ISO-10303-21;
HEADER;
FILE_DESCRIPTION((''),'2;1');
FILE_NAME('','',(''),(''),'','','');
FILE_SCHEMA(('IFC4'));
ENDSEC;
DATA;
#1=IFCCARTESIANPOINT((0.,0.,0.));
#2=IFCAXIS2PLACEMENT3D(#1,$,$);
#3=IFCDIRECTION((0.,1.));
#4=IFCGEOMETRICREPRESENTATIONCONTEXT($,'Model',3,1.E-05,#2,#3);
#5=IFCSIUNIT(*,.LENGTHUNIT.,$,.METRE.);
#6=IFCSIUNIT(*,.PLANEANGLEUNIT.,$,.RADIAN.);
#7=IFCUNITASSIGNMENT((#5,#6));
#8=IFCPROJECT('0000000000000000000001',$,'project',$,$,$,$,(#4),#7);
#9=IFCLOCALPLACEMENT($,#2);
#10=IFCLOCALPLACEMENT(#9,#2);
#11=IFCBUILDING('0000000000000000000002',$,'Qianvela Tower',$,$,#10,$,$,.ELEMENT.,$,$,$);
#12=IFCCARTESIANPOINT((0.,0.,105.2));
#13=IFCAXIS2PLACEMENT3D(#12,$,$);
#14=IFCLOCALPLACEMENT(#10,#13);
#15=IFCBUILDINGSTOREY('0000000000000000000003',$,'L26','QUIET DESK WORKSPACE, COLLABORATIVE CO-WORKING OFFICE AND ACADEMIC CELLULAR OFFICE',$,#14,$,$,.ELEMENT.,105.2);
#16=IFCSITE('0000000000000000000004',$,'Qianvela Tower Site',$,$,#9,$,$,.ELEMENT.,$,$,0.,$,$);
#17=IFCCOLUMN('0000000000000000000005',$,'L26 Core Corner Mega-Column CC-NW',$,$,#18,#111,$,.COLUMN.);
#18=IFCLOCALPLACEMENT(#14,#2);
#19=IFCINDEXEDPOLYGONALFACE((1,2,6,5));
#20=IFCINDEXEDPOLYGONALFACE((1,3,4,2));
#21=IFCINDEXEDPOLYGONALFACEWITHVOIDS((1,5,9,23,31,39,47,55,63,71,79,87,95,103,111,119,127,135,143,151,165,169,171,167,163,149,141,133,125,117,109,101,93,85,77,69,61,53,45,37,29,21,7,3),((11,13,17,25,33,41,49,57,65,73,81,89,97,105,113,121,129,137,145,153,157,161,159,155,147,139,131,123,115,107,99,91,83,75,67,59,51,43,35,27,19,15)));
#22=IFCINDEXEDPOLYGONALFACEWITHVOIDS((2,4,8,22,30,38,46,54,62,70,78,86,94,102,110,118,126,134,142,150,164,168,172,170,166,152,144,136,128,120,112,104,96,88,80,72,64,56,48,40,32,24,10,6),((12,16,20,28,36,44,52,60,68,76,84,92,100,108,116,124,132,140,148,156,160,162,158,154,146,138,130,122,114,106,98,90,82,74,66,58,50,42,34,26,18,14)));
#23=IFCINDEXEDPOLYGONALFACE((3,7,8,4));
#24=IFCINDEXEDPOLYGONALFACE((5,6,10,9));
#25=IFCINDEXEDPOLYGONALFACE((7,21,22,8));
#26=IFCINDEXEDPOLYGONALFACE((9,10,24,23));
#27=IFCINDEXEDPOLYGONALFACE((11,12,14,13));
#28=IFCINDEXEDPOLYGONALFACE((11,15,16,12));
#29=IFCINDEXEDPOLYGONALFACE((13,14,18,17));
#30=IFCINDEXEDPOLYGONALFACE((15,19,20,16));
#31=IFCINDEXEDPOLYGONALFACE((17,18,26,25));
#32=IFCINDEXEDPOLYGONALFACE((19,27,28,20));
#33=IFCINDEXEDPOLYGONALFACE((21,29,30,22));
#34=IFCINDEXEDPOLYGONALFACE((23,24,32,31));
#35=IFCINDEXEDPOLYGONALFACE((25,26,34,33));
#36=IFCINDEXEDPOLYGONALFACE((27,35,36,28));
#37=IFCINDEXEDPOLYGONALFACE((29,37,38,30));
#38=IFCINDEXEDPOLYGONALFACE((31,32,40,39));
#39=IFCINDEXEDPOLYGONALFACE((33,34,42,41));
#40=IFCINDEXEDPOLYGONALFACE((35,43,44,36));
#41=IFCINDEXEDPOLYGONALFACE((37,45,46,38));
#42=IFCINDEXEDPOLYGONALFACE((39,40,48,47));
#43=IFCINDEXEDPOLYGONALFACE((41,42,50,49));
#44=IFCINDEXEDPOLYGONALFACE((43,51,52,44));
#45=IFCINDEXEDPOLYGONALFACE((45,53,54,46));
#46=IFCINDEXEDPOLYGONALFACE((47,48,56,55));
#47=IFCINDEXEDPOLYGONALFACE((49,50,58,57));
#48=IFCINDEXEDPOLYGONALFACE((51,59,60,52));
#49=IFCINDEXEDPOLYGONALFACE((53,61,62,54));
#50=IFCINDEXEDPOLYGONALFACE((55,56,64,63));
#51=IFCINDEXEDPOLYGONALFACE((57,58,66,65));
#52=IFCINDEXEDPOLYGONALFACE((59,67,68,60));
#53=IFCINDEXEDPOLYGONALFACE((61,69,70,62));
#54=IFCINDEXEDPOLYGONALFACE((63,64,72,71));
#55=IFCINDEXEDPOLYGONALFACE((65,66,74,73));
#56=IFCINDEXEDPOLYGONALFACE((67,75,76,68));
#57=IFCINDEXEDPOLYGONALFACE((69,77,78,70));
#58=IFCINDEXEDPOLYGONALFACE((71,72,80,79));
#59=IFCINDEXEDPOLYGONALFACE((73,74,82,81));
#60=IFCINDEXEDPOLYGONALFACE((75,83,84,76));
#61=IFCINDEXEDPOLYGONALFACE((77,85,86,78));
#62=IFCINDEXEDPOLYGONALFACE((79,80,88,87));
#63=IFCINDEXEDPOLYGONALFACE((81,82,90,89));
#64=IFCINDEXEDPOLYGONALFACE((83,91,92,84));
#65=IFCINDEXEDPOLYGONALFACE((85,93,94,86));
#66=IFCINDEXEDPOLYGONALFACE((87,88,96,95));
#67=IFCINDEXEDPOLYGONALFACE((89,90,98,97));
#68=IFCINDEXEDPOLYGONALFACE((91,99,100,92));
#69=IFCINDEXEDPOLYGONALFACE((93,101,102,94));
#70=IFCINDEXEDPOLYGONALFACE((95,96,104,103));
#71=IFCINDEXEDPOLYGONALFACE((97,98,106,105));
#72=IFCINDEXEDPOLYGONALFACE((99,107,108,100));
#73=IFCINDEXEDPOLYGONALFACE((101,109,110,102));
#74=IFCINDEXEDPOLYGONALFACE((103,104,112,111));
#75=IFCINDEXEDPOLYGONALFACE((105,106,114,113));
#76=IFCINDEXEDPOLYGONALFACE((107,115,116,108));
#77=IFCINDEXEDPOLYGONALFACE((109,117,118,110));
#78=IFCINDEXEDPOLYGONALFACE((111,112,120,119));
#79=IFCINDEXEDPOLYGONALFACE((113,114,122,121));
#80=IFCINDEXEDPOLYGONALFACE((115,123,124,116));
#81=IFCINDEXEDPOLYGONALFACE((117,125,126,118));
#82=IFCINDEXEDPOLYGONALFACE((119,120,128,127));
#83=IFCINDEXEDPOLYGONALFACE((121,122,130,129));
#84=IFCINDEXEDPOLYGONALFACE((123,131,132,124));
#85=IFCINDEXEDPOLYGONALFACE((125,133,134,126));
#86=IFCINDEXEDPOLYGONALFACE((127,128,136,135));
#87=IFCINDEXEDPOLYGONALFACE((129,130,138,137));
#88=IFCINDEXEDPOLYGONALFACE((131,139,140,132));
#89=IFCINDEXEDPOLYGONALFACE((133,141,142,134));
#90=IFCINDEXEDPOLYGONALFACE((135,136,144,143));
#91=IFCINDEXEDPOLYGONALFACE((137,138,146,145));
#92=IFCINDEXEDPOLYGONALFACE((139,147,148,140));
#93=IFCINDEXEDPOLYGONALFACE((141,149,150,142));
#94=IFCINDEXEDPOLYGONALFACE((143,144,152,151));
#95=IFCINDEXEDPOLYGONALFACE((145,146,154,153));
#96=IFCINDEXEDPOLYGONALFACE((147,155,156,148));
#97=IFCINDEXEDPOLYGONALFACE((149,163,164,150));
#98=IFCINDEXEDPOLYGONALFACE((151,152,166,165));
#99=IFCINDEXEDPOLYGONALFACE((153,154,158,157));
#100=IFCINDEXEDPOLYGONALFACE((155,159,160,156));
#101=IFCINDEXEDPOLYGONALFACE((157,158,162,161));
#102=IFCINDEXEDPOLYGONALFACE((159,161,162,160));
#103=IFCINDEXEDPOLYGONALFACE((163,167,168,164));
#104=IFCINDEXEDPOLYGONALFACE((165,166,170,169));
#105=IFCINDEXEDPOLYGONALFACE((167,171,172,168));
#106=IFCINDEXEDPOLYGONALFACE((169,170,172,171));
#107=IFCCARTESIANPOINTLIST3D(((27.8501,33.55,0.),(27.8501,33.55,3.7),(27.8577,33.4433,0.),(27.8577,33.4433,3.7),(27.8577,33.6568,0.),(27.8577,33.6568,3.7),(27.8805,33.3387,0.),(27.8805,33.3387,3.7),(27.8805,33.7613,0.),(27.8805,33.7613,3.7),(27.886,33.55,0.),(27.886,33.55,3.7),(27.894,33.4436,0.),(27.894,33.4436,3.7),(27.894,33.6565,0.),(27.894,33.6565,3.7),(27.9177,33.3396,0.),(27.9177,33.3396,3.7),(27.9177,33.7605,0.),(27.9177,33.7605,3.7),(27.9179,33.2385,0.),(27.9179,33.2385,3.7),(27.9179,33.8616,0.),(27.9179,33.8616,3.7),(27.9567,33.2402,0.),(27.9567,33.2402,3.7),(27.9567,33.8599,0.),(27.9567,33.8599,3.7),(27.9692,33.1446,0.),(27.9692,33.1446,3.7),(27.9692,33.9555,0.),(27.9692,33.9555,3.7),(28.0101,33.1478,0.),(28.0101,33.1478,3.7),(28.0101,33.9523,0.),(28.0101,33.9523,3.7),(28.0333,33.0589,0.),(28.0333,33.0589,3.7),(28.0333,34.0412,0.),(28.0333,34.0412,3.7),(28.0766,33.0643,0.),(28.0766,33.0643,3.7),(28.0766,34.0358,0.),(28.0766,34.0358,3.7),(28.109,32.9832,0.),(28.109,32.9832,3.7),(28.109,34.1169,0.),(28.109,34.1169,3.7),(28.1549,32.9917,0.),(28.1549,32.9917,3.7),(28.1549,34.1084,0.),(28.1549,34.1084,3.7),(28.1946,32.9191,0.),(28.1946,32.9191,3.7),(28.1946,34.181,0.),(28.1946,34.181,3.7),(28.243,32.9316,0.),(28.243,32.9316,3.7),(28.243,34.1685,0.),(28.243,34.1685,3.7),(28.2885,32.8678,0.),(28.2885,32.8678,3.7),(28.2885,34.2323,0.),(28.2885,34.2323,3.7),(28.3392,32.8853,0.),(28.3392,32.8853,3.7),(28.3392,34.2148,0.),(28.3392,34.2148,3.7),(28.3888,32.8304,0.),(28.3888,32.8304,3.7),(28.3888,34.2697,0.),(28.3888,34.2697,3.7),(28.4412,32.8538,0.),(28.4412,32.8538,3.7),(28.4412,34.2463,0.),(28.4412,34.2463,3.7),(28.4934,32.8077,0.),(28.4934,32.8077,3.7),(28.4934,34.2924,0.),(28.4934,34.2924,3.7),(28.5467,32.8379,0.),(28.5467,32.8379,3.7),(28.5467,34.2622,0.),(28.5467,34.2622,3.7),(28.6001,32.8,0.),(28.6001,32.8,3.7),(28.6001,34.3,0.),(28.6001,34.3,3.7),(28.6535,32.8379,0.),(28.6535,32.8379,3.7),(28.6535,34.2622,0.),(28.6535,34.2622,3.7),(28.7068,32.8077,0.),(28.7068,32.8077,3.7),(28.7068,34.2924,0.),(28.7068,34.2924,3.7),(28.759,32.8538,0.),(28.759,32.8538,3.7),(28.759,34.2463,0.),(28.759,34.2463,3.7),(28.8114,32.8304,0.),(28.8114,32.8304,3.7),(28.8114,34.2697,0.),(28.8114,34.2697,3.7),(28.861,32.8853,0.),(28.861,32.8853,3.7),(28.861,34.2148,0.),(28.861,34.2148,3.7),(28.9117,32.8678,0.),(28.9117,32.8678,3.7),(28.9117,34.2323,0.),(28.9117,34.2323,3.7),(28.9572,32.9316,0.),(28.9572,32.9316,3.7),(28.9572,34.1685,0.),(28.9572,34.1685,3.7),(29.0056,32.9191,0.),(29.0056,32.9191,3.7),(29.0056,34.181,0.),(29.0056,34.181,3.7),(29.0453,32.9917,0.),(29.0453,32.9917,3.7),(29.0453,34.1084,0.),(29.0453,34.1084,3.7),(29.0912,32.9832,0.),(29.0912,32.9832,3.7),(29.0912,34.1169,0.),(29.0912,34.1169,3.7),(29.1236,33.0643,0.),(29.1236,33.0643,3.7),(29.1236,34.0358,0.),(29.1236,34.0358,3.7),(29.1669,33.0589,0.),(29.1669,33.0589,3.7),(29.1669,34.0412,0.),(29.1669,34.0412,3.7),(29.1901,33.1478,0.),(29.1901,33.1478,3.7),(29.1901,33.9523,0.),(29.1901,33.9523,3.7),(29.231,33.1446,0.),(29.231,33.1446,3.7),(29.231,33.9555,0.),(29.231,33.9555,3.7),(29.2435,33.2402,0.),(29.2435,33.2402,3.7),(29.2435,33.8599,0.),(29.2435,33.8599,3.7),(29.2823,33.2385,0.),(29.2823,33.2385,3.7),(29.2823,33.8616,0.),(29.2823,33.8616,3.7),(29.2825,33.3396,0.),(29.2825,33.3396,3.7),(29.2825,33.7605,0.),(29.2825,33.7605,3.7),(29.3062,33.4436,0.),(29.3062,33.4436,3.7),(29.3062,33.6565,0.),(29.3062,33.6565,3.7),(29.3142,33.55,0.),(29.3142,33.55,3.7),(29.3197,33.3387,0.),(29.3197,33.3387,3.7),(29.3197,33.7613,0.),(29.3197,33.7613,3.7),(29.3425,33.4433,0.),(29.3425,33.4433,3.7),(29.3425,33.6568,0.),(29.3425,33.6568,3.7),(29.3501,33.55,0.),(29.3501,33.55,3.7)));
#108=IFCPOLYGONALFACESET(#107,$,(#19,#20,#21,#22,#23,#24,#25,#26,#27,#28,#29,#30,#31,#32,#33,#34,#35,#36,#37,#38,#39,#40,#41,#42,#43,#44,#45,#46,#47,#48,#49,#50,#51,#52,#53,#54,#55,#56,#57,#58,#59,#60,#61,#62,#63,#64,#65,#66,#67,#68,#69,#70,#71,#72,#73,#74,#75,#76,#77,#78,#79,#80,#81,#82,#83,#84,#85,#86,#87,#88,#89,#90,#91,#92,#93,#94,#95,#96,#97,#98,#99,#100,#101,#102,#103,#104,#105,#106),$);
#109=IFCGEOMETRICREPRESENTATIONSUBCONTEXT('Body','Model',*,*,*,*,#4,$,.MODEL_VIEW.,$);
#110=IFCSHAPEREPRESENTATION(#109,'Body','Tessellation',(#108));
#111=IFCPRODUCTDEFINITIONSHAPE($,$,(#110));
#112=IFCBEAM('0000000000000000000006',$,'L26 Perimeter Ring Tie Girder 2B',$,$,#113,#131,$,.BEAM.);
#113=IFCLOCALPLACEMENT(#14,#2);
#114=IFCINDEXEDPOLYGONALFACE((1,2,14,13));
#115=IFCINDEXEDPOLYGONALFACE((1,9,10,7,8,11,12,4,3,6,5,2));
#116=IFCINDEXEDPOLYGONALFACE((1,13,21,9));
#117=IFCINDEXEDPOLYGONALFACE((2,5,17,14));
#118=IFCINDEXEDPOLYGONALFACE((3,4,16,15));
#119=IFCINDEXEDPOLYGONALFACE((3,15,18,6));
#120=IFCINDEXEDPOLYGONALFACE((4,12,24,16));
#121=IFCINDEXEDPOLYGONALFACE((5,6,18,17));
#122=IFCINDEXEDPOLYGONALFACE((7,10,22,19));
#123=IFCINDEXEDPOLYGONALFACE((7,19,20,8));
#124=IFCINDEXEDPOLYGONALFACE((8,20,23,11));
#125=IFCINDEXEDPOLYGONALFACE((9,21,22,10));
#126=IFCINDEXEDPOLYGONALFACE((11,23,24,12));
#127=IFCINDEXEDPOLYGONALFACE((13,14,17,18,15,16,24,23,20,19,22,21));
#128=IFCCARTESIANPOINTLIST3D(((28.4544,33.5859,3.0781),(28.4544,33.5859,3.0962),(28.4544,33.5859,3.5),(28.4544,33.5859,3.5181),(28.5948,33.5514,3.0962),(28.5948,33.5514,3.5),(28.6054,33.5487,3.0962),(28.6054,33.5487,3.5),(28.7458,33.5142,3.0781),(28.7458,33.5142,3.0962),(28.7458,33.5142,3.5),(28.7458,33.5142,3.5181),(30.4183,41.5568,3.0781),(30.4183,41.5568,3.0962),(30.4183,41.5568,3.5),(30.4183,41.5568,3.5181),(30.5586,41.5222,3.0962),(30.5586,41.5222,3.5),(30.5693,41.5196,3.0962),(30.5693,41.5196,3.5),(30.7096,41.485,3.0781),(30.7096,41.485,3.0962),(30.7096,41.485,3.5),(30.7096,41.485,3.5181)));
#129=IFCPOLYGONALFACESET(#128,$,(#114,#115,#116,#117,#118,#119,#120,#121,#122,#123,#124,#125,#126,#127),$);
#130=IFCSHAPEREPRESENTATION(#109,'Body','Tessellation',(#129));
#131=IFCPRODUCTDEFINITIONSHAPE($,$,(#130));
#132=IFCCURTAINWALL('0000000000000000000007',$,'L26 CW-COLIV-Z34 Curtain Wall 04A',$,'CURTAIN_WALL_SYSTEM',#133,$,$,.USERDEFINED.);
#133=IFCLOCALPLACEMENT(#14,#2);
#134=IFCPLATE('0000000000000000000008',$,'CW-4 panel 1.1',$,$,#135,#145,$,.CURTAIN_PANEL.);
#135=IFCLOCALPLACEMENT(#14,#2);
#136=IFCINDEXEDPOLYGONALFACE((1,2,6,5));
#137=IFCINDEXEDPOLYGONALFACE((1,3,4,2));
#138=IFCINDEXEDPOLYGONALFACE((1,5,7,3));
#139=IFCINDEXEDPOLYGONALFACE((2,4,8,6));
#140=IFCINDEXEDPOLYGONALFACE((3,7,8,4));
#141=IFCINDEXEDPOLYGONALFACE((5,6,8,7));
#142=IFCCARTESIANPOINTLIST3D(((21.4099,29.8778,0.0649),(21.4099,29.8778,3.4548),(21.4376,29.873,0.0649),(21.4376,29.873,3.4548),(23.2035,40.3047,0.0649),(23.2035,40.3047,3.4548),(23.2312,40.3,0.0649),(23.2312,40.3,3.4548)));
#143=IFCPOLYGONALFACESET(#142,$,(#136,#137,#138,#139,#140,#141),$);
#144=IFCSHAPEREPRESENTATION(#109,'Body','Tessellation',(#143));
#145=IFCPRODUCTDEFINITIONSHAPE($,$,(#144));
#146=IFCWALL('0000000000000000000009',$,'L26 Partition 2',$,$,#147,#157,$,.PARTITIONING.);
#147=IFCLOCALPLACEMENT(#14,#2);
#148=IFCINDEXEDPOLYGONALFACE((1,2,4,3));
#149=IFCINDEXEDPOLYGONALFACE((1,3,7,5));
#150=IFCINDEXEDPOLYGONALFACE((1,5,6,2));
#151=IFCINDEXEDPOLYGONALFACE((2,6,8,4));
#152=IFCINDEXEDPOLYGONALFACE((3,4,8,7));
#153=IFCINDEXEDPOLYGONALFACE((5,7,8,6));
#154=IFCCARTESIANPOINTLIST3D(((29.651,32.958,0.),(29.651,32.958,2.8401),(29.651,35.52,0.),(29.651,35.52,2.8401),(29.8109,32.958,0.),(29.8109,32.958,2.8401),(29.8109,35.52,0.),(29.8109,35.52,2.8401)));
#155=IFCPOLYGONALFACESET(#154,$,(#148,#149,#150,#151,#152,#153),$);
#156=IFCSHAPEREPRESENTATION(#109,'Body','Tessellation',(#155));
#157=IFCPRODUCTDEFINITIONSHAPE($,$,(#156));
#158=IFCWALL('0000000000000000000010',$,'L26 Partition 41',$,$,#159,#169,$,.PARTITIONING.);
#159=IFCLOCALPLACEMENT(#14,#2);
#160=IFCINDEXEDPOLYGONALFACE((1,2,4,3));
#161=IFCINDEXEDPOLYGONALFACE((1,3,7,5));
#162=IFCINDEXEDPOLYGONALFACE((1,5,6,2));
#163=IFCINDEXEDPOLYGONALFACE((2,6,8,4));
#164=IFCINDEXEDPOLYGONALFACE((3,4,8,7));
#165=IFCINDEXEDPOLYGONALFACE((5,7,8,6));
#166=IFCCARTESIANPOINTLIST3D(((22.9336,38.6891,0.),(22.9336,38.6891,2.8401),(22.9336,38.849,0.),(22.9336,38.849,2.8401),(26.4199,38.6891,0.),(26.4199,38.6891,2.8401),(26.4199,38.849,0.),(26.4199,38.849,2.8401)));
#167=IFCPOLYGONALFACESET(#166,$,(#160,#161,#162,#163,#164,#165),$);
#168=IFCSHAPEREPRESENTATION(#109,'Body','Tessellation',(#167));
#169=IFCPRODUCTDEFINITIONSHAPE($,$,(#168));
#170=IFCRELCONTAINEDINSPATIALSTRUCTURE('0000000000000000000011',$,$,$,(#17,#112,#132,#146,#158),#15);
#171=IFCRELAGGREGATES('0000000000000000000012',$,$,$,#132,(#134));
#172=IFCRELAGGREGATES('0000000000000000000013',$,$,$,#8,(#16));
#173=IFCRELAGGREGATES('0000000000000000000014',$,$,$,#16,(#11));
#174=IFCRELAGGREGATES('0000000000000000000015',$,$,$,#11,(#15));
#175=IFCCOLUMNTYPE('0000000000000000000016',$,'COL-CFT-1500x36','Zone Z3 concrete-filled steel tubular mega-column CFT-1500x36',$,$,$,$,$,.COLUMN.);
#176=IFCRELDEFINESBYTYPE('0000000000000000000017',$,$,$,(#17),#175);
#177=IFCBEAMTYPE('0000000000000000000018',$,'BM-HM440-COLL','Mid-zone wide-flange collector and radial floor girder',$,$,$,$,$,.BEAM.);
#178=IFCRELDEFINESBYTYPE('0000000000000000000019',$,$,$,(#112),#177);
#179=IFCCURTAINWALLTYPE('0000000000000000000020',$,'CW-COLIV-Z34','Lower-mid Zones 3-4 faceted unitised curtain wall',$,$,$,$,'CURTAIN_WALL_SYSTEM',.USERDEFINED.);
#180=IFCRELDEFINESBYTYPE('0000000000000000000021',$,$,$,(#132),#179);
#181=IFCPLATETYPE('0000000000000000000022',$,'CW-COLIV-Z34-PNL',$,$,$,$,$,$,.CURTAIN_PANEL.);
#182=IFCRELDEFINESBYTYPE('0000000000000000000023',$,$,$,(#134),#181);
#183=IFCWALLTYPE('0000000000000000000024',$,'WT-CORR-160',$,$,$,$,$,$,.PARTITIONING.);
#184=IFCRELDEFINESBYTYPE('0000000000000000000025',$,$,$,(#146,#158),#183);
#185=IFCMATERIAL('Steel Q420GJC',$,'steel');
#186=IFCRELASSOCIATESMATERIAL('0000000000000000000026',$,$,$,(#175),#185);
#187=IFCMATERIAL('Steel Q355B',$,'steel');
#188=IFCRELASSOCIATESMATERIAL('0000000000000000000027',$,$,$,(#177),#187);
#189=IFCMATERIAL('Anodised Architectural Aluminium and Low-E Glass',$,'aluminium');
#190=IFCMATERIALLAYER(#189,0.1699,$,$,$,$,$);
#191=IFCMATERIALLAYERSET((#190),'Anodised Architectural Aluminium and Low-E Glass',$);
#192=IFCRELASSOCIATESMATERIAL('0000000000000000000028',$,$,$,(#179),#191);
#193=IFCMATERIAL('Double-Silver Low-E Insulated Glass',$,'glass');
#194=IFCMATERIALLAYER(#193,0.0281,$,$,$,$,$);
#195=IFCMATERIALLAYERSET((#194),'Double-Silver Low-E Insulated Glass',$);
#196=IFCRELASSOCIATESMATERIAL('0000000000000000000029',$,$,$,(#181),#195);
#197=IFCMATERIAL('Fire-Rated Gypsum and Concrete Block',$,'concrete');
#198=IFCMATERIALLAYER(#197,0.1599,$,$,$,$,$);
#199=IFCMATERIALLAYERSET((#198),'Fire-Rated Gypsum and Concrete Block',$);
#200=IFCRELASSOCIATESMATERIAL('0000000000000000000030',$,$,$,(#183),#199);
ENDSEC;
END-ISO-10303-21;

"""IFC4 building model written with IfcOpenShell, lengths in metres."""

from ifc_helpers import new_model, si_unit, direction, frame, frame_2d, origin, origin_2d, place, context, subcontext, project, spatial, rectangle, hollow_circle, i_section, extrude, material, layer, layer_set, material_profile, profile_set, type_object, element, aggregate, save


model = new_model("IFC4")

# Units and contexts
model_context = context("Model", 3, precision=1e-05, world=origin(), true_north=direction((0.0, 1.0)))
body_context = subcontext(model_context, "Body", "Model", "MODEL_VIEW")
ifc_project = project(units=[si_unit("LENGTHUNIT", "METRE"), si_unit("PLANEANGLEUNIT", "RADIAN")], contexts=[model_context])

# Site, building, storey
site_placement = place(None, origin())
site = spatial("IfcSite", under=ifc_project, at=site_placement, Name="Qianvela Tower Site", CompositionType="ELEMENT", RefElevation=0.0)
building_placement = place(site_placement, origin())
building = spatial("IfcBuilding", under=site, at=building_placement, Name="Qianvela Tower", CompositionType="ELEMENT")
storey_placement = place(building_placement, frame((0.0, 0.0, 105.2)))
storey = spatial("IfcBuildingStorey", under=building, at=storey_placement, Name="L26", Description="QUIET DESK WORKSPACE, COLLABORATIVE CO-WORKING OFFICE AND ACADEMIC CELLULAR OFFICE", CompositionType="ELEMENT", Elevation=105.2)

# Column
ifc_material_1 = material(Name="Steel Q420GJC", Category="steel")
ifc_material_profile_1 = material_profile(ifc_material_1, hollow_circle(Radius=0.75, WallThickness=0.0359, at=origin_2d()), Name="CFT-1500x36")
ifc_profile_set_1 = profile_set([ifc_material_profile_1], Name="Steel Q420GJC")
column_type = type_object("IfcColumnType", Name="COL-CFT-1500x36", Description="Zone Z3 concrete-filled steel tubular mega-column CFT-1500x36", PredefinedType="COLUMN", material=ifc_profile_set_1)
column_placement = place(storey_placement, frame((28.6001, 33.55, 0.0), z_axis=(0.0, 0.0, 1.0), x_axis=(1.0, 0.0, 0.0)))
element("IfcColumn", 1, at=column_placement, inside=storey, type_object=column_type, Name="L26 Core Corner Mega-Column CC-NW", PredefinedType="COLUMN", context=body_context, shape_type="SweptSolid", body=[
    extrude(hollow_circle(Radius=0.75, WallThickness=0.0359, at=origin_2d()), origin(), (0.0, 0.0, 1.0), 3.7),
])

# Beam
ifc_material_2 = material(Name="Steel Q355B", Category="steel")
ifc_material_profile_2 = material_profile(ifc_material_2, i_section(OverallWidth=0.3, OverallDepth=0.4399, WebThickness=0.011, FlangeThickness=0.0181, at=origin_2d()), Name="HM440x300x11x18")
ifc_profile_set_2 = profile_set([ifc_material_profile_2], Name="Steel Q355B")
beam_type = type_object("IfcBeamType", Name="BM-HM440-COLL", Description="Mid-zone wide-flange collector and radial floor girder", PredefinedType="BEAM", material=ifc_profile_set_2)
beam_placement = place(storey_placement, frame((28.6001, 33.55, 3.2981), z_axis=(0.239224, 0.970964, 0.0), x_axis=(-0.970964, 0.239224, 0.0)))
element("IfcBeam", 2, at=beam_placement, inside=storey, type_object=beam_type, Name="L26 Perimeter Ring Tie Girder 2B", PredefinedType="BEAM", context=body_context, shape_type="SweptSolid", body=[
    extrude(i_section(OverallWidth=0.3, OverallDepth=0.4399, WebThickness=0.011, FlangeThickness=0.0181, at=origin_2d()), origin(), (0.0, 0.0, 1.0), 8.2092),
])

# Curtain wall, plate
ifc_material_3 = material(Name="Anodised Architectural Aluminium and Low-E Glass", Category="aluminium")
ifc_layer_1 = layer(ifc_material_3, 0.1699)
ifc_layer_set_1 = layer_set([ifc_layer_1], Name="Anodised Architectural Aluminium and Low-E Glass")
curtain_wall_type = type_object("IfcCurtainWallType", Name="CW-COLIV-Z34", Description="Lower-mid Zones 3-4 faceted unitised curtain wall", ElementType="CURTAIN_WALL_SYSTEM", PredefinedType="USERDEFINED", material=ifc_layer_set_1)
curtain_wall_placement = place(storey_placement, origin())
curtain_wall = element("IfcCurtainWall", 3, at=curtain_wall_placement, inside=storey, type_object=curtain_wall_type, Name="L26 CW-COLIV-Z34 Curtain Wall 04A", ObjectType="CURTAIN_WALL_SYSTEM", PredefinedType="USERDEFINED")
ifc_material_4 = material(Name="Double-Silver Low-E Insulated Glass", Category="glass")
ifc_layer_2 = layer(ifc_material_4, 0.0281)
ifc_layer_set_2 = layer_set([ifc_layer_2], Name="Double-Silver Low-E Insulated Glass")
plate_type = type_object("IfcPlateType", Name="CW-COLIV-Z34-PNL", PredefinedType="CURTAIN_PANEL", material=ifc_layer_set_2)
plate_placement = place(storey_placement, frame((22.3206, 35.0889, 0.0649), z_axis=(0.0, 0.0, 1.0), x_axis=(-0.169524, -0.985526, 0.0)))
plate = element("IfcPlate", 4, at=plate_placement, type_object=plate_type, Name="CW-4 panel 1.1", PredefinedType="CURTAIN_PANEL", context=body_context, shape_type="SweptSolid", body=[
    extrude(rectangle(XDim=10.5801, YDim=0.0281, at=origin_2d()), origin(), (0.0, 0.0, 1.0), 3.3899),
])
aggregate(curtain_wall, [plate])

# Wall
ifc_material_5 = material(Name="Fire-Rated Gypsum and Concrete Block", Category="concrete")
ifc_layer_3 = layer(ifc_material_5, 0.1599)
ifc_layer_set_3 = layer_set([ifc_layer_3], Name="Fire-Rated Gypsum and Concrete Block")
wall_type_1 = type_object("IfcWallType", Name="WT-CORR-160", PredefinedType="PARTITIONING", material=ifc_layer_set_3)
wall_1_placement = place(storey_placement, frame((29.731, 32.958, 0.0), z_axis=(0.0, 0.0, 1.0), x_axis=(0.0, 1.0, 0.0)))
element("IfcWall", 5, at=wall_1_placement, inside=storey, type_object=wall_type_1, Name="L26 Partition 2", PredefinedType="PARTITIONING", context=body_context, shape_type="SweptSolid", body=[
    extrude(rectangle(XDim=2.562, YDim=0.1599, at=frame_2d((1.281, 0.0))), origin(), (0.0, 0.0, 1.0), 2.8401),
])

# Wall
wall_2_placement = place(storey_placement, frame((22.9336, 38.769, 0.0), z_axis=(0.0, 0.0, 1.0), x_axis=(1.0, 0.0, 0.0)))
element("IfcWall", 6, at=wall_2_placement, inside=storey, type_object=wall_type_1, Name="L26 Partition 41", PredefinedType="PARTITIONING", context=body_context, shape_type="SweptSolid", body=[
    extrude(rectangle(XDim=3.4863, YDim=0.1599, at=frame_2d((1.7432, 0.0))), origin(), (0.0, 0.0, 1.0), 2.8401),
])

save(model, "model.ifc")
